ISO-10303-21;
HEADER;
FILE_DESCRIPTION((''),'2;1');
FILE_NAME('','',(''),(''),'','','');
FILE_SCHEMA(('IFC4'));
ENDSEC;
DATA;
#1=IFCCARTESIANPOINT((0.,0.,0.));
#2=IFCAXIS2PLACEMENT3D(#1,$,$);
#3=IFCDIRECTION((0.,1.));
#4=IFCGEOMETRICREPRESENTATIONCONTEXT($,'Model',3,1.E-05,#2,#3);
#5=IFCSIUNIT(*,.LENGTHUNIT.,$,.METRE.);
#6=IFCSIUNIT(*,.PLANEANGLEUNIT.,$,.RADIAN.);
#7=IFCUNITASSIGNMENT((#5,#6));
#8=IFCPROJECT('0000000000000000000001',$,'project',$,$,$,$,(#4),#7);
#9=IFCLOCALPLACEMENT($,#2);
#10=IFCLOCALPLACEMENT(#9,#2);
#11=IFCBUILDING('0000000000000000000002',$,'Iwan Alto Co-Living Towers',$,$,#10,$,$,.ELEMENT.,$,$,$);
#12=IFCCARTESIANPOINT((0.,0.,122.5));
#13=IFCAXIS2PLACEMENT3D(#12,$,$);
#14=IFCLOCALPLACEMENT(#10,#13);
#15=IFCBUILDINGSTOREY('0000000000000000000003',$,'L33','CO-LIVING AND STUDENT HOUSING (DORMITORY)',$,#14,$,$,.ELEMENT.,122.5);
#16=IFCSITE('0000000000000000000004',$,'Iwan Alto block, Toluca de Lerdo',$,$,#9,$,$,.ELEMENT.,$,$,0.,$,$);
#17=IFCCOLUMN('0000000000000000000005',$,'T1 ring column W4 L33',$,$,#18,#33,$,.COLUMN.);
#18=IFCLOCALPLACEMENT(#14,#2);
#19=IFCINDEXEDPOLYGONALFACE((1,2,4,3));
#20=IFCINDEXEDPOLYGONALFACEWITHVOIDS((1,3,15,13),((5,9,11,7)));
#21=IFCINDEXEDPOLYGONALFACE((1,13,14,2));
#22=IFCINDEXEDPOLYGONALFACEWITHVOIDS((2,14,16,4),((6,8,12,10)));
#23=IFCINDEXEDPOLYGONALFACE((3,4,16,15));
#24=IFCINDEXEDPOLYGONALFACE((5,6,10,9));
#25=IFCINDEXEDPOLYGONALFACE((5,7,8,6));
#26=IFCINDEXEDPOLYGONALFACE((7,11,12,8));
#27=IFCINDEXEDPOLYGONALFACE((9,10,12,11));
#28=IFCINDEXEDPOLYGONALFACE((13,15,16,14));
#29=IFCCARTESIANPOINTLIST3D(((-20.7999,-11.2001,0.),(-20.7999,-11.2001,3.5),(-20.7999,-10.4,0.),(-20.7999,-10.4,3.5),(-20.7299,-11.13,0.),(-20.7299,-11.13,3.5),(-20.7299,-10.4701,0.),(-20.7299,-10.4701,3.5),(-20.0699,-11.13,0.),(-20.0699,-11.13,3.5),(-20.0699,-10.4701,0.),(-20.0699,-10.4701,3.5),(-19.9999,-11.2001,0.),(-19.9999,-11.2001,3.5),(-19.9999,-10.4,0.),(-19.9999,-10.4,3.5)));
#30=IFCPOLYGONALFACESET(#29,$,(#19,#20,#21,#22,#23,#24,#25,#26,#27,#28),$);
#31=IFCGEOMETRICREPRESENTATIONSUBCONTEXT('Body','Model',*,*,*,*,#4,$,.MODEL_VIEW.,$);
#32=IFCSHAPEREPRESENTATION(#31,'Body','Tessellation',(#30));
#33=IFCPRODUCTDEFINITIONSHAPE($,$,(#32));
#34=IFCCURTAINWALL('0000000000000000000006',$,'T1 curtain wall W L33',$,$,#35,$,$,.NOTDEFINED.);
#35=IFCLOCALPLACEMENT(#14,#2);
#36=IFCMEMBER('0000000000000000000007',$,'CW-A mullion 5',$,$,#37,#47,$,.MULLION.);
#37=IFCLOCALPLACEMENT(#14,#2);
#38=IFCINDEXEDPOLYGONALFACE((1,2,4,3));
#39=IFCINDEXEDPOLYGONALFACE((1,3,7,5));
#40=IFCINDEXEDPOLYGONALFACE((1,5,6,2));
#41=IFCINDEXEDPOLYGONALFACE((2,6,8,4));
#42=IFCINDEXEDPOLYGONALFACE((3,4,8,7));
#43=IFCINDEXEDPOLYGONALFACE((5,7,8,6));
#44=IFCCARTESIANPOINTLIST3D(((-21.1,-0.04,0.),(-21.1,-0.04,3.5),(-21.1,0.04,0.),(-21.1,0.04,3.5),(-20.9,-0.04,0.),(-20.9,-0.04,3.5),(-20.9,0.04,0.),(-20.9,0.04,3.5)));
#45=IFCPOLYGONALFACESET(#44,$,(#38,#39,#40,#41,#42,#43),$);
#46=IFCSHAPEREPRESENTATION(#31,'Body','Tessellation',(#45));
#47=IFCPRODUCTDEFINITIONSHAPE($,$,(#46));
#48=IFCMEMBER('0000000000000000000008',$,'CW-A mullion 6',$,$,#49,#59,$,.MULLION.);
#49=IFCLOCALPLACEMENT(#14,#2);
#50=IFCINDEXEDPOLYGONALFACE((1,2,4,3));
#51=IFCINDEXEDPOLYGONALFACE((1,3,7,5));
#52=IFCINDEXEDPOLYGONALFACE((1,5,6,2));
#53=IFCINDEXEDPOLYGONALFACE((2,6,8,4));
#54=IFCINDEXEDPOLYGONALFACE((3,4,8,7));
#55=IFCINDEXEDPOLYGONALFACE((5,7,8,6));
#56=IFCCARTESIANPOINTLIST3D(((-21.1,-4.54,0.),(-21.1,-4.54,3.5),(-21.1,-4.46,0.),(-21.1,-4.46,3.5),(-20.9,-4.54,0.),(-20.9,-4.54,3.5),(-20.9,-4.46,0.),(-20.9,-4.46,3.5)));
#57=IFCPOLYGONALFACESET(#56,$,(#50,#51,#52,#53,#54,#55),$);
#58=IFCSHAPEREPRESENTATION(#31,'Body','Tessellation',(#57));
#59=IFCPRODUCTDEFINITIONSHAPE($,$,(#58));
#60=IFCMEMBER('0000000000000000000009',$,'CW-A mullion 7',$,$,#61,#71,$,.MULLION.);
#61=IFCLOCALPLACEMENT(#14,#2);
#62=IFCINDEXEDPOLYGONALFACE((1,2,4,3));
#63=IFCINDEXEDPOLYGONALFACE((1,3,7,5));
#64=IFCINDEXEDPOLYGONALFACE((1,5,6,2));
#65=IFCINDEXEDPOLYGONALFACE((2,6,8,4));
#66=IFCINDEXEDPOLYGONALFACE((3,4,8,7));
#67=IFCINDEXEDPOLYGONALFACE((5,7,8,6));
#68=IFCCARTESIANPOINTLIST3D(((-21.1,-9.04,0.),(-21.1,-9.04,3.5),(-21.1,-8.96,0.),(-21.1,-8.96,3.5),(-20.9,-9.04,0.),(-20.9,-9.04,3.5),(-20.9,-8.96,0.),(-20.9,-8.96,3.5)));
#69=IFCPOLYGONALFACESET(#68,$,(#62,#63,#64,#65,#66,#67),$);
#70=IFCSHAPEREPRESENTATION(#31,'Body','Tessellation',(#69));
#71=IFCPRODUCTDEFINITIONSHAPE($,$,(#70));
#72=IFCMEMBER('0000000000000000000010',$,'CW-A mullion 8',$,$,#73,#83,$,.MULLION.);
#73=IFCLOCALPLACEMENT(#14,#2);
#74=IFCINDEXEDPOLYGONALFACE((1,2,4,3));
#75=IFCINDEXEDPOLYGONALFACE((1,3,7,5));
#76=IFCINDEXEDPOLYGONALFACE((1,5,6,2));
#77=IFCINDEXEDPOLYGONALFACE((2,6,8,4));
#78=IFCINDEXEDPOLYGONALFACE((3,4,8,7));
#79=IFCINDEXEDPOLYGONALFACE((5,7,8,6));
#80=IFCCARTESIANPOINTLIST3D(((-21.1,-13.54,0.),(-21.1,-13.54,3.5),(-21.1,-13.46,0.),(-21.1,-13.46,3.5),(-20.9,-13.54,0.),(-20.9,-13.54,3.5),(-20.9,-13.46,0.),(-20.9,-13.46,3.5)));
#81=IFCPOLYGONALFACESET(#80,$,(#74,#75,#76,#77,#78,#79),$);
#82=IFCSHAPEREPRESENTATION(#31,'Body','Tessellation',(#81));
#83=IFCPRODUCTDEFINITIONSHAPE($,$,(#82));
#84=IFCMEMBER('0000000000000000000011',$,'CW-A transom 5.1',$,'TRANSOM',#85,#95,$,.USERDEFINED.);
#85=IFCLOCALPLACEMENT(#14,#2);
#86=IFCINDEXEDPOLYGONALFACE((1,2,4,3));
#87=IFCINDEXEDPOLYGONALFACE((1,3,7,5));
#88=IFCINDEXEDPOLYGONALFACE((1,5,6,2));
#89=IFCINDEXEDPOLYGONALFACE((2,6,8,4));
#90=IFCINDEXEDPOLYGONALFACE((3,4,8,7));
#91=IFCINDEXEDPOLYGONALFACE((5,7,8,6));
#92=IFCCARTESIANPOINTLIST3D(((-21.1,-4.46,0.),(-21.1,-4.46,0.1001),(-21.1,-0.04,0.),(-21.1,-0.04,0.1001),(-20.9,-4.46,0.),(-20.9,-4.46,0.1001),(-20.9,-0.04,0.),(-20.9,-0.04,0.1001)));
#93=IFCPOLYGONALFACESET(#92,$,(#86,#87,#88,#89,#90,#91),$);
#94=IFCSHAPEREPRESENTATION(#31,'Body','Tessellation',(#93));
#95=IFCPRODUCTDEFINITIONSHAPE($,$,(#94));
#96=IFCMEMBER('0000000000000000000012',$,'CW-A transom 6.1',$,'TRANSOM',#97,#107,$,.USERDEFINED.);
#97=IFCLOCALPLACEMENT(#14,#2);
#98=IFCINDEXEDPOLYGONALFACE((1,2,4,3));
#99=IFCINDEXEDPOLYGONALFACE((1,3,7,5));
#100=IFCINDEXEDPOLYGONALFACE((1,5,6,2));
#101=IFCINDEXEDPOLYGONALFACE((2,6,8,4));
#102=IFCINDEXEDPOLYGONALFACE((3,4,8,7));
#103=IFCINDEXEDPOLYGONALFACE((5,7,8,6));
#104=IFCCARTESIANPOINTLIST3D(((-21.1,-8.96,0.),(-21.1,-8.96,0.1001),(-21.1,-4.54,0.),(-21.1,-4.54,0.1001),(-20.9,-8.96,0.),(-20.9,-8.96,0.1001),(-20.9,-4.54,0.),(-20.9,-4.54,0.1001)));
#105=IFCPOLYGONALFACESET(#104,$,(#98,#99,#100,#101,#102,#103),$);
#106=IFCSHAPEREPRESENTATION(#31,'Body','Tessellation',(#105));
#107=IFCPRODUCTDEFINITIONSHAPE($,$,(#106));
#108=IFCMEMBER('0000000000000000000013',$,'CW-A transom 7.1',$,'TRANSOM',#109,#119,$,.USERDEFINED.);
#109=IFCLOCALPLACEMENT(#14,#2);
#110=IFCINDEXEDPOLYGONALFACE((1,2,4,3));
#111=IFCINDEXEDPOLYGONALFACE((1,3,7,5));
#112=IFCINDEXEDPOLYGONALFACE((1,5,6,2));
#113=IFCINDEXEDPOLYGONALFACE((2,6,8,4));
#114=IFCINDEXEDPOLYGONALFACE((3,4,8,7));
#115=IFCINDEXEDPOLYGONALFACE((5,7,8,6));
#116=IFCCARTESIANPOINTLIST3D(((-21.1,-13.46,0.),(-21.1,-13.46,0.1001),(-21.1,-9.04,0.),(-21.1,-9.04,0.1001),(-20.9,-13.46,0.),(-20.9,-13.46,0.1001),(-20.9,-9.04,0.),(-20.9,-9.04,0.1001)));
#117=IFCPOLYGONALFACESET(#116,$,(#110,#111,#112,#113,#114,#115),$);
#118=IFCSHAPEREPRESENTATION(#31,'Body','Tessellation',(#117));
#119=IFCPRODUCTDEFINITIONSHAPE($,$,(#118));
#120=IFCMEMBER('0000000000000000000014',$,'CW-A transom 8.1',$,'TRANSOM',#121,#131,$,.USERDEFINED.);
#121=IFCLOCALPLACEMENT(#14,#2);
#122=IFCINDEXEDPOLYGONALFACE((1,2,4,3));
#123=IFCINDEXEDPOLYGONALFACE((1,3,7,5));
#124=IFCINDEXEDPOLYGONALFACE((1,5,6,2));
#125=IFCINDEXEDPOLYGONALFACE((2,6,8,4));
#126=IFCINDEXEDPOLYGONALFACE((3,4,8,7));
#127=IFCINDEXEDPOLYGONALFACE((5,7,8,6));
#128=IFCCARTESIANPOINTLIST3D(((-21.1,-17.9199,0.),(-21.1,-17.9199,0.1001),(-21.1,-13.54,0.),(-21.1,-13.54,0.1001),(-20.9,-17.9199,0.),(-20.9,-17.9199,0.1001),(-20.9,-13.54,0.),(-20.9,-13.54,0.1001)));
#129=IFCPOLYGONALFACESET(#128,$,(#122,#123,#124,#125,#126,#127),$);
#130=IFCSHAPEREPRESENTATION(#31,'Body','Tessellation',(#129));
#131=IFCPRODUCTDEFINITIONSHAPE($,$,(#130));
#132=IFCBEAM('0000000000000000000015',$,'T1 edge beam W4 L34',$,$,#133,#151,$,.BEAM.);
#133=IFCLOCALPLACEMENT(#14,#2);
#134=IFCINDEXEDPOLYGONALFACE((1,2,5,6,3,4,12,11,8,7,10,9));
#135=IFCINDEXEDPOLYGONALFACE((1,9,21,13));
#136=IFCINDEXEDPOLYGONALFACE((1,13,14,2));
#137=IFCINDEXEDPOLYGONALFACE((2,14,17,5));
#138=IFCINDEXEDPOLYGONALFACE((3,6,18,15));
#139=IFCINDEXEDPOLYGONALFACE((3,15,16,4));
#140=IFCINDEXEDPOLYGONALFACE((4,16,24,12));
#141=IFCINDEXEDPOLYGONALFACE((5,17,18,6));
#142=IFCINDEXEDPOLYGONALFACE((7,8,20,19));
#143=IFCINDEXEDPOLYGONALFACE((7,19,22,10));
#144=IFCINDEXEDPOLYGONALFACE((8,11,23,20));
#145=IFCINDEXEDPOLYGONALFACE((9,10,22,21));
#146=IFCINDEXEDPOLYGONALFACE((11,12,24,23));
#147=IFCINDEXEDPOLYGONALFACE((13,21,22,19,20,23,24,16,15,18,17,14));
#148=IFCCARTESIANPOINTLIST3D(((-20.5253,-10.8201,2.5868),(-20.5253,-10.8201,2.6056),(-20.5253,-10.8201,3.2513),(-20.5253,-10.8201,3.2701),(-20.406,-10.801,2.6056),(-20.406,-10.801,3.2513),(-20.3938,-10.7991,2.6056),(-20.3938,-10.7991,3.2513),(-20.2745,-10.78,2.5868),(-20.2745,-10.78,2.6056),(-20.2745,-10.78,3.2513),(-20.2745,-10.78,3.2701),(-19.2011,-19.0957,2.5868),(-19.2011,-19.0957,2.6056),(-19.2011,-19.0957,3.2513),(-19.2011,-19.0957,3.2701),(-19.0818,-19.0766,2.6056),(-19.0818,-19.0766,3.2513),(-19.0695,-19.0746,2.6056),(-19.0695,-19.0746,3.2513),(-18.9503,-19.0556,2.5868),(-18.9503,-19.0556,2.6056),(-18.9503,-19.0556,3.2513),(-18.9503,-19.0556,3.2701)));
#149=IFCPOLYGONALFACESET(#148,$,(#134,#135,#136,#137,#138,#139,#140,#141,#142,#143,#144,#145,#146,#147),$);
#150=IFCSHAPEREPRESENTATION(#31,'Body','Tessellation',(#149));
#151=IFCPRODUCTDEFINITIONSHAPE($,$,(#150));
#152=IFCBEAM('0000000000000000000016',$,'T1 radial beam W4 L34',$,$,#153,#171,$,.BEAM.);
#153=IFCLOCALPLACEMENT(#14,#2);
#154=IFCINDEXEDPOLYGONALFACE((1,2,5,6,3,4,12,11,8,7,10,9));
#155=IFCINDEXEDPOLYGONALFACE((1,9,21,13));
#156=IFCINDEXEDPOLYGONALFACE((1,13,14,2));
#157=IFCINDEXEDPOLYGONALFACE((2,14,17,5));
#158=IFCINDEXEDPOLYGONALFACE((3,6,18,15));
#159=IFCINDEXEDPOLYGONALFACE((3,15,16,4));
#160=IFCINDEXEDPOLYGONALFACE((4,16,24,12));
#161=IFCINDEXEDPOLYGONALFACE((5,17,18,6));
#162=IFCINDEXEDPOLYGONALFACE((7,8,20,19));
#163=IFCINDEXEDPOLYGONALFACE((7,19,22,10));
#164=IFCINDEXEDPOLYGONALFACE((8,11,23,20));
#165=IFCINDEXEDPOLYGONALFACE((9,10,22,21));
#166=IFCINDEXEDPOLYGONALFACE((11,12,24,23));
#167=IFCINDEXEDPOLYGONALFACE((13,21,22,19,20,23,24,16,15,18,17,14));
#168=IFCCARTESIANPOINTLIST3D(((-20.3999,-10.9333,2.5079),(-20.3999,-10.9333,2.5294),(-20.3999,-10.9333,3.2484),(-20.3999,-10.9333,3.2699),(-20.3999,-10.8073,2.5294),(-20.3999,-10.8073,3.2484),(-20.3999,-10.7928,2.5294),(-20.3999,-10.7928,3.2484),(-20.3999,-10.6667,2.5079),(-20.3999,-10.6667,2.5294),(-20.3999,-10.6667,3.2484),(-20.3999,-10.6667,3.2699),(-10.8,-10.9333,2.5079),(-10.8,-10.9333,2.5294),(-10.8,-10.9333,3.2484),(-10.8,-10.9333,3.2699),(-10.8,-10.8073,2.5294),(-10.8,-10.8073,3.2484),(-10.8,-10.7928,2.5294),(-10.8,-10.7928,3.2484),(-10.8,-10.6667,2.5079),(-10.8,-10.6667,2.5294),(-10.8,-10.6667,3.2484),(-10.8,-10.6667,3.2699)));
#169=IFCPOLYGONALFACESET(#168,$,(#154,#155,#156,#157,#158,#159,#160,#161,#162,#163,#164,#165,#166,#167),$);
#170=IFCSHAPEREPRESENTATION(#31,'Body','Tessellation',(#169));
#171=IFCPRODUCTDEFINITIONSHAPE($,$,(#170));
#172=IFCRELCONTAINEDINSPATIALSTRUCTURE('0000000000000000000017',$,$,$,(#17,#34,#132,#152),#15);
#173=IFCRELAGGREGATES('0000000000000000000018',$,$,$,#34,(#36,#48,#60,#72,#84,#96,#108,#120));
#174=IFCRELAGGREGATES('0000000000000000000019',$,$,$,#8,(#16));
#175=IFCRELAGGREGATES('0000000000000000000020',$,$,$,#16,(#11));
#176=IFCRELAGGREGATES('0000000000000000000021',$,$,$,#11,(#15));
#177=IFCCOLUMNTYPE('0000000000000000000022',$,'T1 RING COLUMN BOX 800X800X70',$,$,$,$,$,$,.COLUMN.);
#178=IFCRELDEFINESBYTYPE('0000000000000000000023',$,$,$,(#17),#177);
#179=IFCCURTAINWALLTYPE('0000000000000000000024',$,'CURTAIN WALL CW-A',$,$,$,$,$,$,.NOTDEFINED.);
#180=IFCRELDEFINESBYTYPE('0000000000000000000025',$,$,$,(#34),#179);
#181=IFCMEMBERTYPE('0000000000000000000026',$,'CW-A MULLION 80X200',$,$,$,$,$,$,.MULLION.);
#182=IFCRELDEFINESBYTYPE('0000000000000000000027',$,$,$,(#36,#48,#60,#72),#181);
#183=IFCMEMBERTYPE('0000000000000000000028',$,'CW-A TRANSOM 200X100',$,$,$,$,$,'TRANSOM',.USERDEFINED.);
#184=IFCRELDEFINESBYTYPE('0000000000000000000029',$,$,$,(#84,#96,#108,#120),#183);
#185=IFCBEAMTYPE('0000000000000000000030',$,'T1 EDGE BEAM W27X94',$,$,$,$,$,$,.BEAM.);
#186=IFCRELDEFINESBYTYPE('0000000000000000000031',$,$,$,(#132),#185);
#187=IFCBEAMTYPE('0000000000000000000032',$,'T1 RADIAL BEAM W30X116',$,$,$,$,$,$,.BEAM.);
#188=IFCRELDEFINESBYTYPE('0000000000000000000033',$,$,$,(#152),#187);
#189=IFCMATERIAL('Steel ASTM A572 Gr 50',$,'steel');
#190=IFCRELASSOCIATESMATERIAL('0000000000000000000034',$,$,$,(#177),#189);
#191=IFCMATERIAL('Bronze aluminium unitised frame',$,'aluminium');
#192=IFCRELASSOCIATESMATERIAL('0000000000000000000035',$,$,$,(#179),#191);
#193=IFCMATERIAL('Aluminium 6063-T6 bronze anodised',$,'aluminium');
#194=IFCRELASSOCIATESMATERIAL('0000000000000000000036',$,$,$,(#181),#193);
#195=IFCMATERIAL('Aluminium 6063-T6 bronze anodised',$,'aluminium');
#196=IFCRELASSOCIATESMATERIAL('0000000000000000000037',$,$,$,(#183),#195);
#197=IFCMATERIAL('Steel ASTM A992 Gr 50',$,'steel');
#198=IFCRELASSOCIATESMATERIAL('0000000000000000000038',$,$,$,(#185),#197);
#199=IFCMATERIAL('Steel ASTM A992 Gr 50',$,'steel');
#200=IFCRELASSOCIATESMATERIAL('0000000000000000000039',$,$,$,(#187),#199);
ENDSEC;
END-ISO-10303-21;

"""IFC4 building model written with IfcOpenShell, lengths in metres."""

from ifc_helpers import new_model, si_unit, direction, frame, origin, origin_2d, place, context, subcontext, project, spatial, rectangle, hollow_rectangle, i_section, extrude, material, material_profile, profile_set, type_object, element, aggregate, save


model = new_model("IFC4")

# Units and contexts
model_context = context("Model", 3, precision=1e-05, world=origin(), true_north=direction((0.0, 1.0)))
body_context = subcontext(model_context, "Body", "Model", "MODEL_VIEW")
ifc_project = project(units=[si_unit("LENGTHUNIT", "METRE"), si_unit("PLANEANGLEUNIT", "RADIAN")], contexts=[model_context])

# Site, building, storey
site_placement = place(None, origin())
site = spatial("IfcSite", under=ifc_project, at=site_placement, Name="Iwan Alto block, Toluca de Lerdo", CompositionType="ELEMENT", RefElevation=0.0)
building_placement = place(site_placement, origin())
building = spatial("IfcBuilding", under=site, at=building_placement, Name="Iwan Alto Co-Living Towers", CompositionType="ELEMENT")
storey_placement = place(building_placement, frame((0.0, 0.0, 122.5)))
storey = spatial("IfcBuildingStorey", under=building, at=storey_placement, Name="L33", Description="CO-LIVING AND STUDENT HOUSING (DORMITORY)", CompositionType="ELEMENT", Elevation=122.5)

# Column
ifc_material_1 = material(Name="Steel ASTM A572 Gr 50", Category="steel")
ifc_material_profile_1 = material_profile(ifc_material_1, hollow_rectangle(XDim=0.8, YDim=0.8, WallThickness=0.0701, at=origin_2d()), Name="BOX 800X800X70")
ifc_profile_set_1 = profile_set([ifc_material_profile_1], Name="Steel ASTM A572 Gr 50")
column_type = type_object("IfcColumnType", Name="T1 RING COLUMN BOX 800X800X70", PredefinedType="COLUMN", material=ifc_profile_set_1)
column_placement = place(storey_placement, frame((-20.3999, -10.8, 0.0), z_axis=(0.0, 0.0, 1.0), x_axis=(1.0, 0.0, 0.0)))
element("IfcColumn", 1, at=column_placement, inside=storey, type_object=column_type, Name="T1 ring column W4 L33", PredefinedType="COLUMN", context=body_context, shape_type="SweptSolid", body=[
    extrude(hollow_rectangle(XDim=0.8, YDim=0.8, WallThickness=0.0701, at=origin_2d()), origin(), (0.0, 0.0, 1.0), 3.5),
])

# Curtain wall, members
ifc_material_2 = material(Name="Bronze aluminium unitised frame", Category="aluminium")
curtain_wall_type = type_object("IfcCurtainWallType", Name="CURTAIN WALL CW-A", PredefinedType="NOTDEFINED", material=ifc_material_2)
curtain_wall_placement = place(storey_placement, origin())
curtain_wall = element("IfcCurtainWall", 2, at=curtain_wall_placement, inside=storey, type_object=curtain_wall_type, Name="T1 curtain wall W L33", PredefinedType="NOTDEFINED")
ifc_material_3 = material(Name="Aluminium 6063-T6 bronze anodised", Category="aluminium")
ifc_material_profile_2 = material_profile(ifc_material_3, rectangle(XDim=0.2, YDim=0.0801, at=origin_2d()), Name="AL 80X200")
ifc_profile_set_2 = profile_set([ifc_material_profile_2], Name="Aluminium 6063-T6 bronze anodised")
member_type_1 = type_object("IfcMemberType", Name="CW-A MULLION 80X200", PredefinedType="MULLION", material=ifc_profile_set_2)
member_1_placement = place(storey_placement, frame((-21.0, 0.0, 0.0), z_axis=(0.0, 0.0, 1.0), x_axis=(1.0, 0.0, 0.0)))
member_1 = element("IfcMember", 3, at=member_1_placement, type_object=member_type_1, Name="CW-A mullion 5", PredefinedType="MULLION", context=body_context, shape_type="SweptSolid", body=[
    extrude(rectangle(XDim=0.2, YDim=0.0801, at=origin_2d()), origin(), (0.0, 0.0, 1.0), 3.5),
])
member_2_placement = place(storey_placement, frame((-21.0, -4.5, 0.0), z_axis=(0.0, 0.0, 1.0), x_axis=(1.0, 0.0, 0.0)))
member_2 = element("IfcMember", 4, at=member_2_placement, type_object=member_type_1, Name="CW-A mullion 6", PredefinedType="MULLION", context=body_context, shape_type="SweptSolid", body=[
    extrude(rectangle(XDim=0.2, YDim=0.0801, at=origin_2d()), origin(), (0.0, 0.0, 1.0), 3.5),
])
member_3_placement = place(storey_placement, frame((-21.0, -9.0, 0.0), z_axis=(0.0, 0.0, 1.0), x_axis=(1.0, 0.0, 0.0)))
member_3 = element("IfcMember", 5, at=member_3_placement, type_object=member_type_1, Name="CW-A mullion 7", PredefinedType="MULLION", context=body_context, shape_type="SweptSolid", body=[
    extrude(rectangle(XDim=0.2, YDim=0.0801, at=origin_2d()), origin(), (0.0, 0.0, 1.0), 3.5),
])
member_4_placement = place(storey_placement, frame((-21.0, -13.5, 0.0), z_axis=(0.0, 0.0, 1.0), x_axis=(1.0, 0.0, 0.0)))
member_4 = element("IfcMember", 6, at=member_4_placement, type_object=member_type_1, Name="CW-A mullion 8", PredefinedType="MULLION", context=body_context, shape_type="SweptSolid", body=[
    extrude(rectangle(XDim=0.2, YDim=0.0801, at=origin_2d()), origin(), (0.0, 0.0, 1.0), 3.5),
])
ifc_material_4 = material(Name="Aluminium 6063-T6 bronze anodised", Category="aluminium")
ifc_material_profile_3 = material_profile(ifc_material_4, rectangle(XDim=0.2, YDim=0.1001, at=origin_2d()), Name="AL 200X100")
ifc_profile_set_3 = profile_set([ifc_material_profile_3], Name="Aluminium 6063-T6 bronze anodised")
member_type_2 = type_object("IfcMemberType", Name="CW-A TRANSOM 200X100", ElementType="TRANSOM", PredefinedType="USERDEFINED", material=ifc_profile_set_3)
member_5_placement = place(storey_placement, frame((-21.0, -0.04, 0.05), z_axis=(0.0, -1.0, 0.0), x_axis=(1.0, 0.0, 0.0)))
member_5 = element("IfcMember", 7, at=member_5_placement, type_object=member_type_2, Name="CW-A transom 5.1", ObjectType="TRANSOM", PredefinedType="USERDEFINED", context=body_context, shape_type="SweptSolid", body=[
    extrude(rectangle(XDim=0.2, YDim=0.1001, at=origin_2d()), origin(), (0.0, 0.0, 1.0), 4.4199),
])
member_6_placement = place(storey_placement, frame((-21.0, -4.54, 0.05), z_axis=(0.0, -1.0, 0.0), x_axis=(1.0, 0.0, 0.0)))
member_6 = element("IfcMember", 8, at=member_6_placement, type_object=member_type_2, Name="CW-A transom 6.1", ObjectType="TRANSOM", PredefinedType="USERDEFINED", context=body_context, shape_type="SweptSolid", body=[
    extrude(rectangle(XDim=0.2, YDim=0.1001, at=origin_2d()), origin(), (0.0, 0.0, 1.0), 4.4199),
])
member_7_placement = place(storey_placement, frame((-21.0, -9.04, 0.05), z_axis=(0.0, -1.0, 0.0), x_axis=(1.0, 0.0, 0.0)))
member_7 = element("IfcMember", 9, at=member_7_placement, type_object=member_type_2, Name="CW-A transom 7.1", ObjectType="TRANSOM", PredefinedType="USERDEFINED", context=body_context, shape_type="SweptSolid", body=[
    extrude(rectangle(XDim=0.2, YDim=0.1001, at=origin_2d()), origin(), (0.0, 0.0, 1.0), 4.4199),
])
member_8_placement = place(storey_placement, frame((-21.0, -13.54, 0.05), z_axis=(0.0, -1.0, 0.0), x_axis=(1.0, 0.0, 0.0)))
member_8 = element("IfcMember", 10, at=member_8_placement, type_object=member_type_2, Name="CW-A transom 8.1", ObjectType="TRANSOM", PredefinedType="USERDEFINED", context=body_context, shape_type="SweptSolid", body=[
    extrude(rectangle(XDim=0.2, YDim=0.1001, at=origin_2d()), origin(), (0.0, 0.0, 1.0), 4.3799),
])

# Beams
ifc_material_5 = material(Name="Steel ASTM A992 Gr 50", Category="steel")
ifc_material_profile_4 = material_profile(ifc_material_5, i_section(OverallWidth=0.2539, OverallDepth=0.6833, WebThickness=0.0125, FlangeThickness=0.0188, at=origin_2d()), Name="W27X94")
ifc_profile_set_4 = profile_set([ifc_material_profile_4], Name="Steel ASTM A992 Gr 50")
beam_type_1 = type_object("IfcBeamType", Name="T1 EDGE BEAM W27X94", PredefinedType="BEAM", material=ifc_profile_set_4)
beam_1_placement = place(storey_placement, frame((-20.3999, -10.8, 2.9285), z_axis=(0.158004, -0.987438, 0.0), x_axis=(0.987438, 0.158004, 0.0)))
element("IfcBeam", 11, at=beam_1_placement, inside=storey, type_object=beam_type_1, Name="T1 edge beam W4 L34", PredefinedType="BEAM", context=body_context, shape_type="SweptSolid", body=[
    extrude(i_section(OverallWidth=0.2539, OverallDepth=0.6833, WebThickness=0.0125, FlangeThickness=0.0188, at=origin_2d()), origin(), (0.0, 0.0, 1.0), 8.3809),
])
ifc_material_6 = material(Name="Steel ASTM A992 Gr 50", Category="steel")
ifc_material_profile_5 = material_profile(ifc_material_6, i_section(OverallWidth=0.2666, OverallDepth=0.762, WebThickness=0.0144, FlangeThickness=0.0215, at=origin_2d()), Name="W30X116")
ifc_profile_set_5 = profile_set([ifc_material_profile_5], Name="Steel ASTM A992 Gr 50")
beam_type_2 = type_object("IfcBeamType", Name="T1 RADIAL BEAM W30X116", PredefinedType="BEAM", material=ifc_profile_set_5)
beam_2_placement = place(storey_placement, frame((-20.3999, -10.8, 2.8889), z_axis=(1.0, 0.0, 0.0), x_axis=(0.0, 1.0, 0.0)))
element("IfcBeam", 12, at=beam_2_placement, inside=storey, type_object=beam_type_2, Name="T1 radial beam W4 L34", PredefinedType="BEAM", context=body_context, shape_type="SweptSolid", body=[
    extrude(i_section(OverallWidth=0.2666, OverallDepth=0.762, WebThickness=0.0144, FlangeThickness=0.0215, at=origin_2d()), origin(), (0.0, 0.0, 1.0), 9.5999),
])

aggregate(curtain_wall, [member_1, member_2, member_3, member_4, member_5, member_6, member_7, member_8])

save(model, "model.ifc")
